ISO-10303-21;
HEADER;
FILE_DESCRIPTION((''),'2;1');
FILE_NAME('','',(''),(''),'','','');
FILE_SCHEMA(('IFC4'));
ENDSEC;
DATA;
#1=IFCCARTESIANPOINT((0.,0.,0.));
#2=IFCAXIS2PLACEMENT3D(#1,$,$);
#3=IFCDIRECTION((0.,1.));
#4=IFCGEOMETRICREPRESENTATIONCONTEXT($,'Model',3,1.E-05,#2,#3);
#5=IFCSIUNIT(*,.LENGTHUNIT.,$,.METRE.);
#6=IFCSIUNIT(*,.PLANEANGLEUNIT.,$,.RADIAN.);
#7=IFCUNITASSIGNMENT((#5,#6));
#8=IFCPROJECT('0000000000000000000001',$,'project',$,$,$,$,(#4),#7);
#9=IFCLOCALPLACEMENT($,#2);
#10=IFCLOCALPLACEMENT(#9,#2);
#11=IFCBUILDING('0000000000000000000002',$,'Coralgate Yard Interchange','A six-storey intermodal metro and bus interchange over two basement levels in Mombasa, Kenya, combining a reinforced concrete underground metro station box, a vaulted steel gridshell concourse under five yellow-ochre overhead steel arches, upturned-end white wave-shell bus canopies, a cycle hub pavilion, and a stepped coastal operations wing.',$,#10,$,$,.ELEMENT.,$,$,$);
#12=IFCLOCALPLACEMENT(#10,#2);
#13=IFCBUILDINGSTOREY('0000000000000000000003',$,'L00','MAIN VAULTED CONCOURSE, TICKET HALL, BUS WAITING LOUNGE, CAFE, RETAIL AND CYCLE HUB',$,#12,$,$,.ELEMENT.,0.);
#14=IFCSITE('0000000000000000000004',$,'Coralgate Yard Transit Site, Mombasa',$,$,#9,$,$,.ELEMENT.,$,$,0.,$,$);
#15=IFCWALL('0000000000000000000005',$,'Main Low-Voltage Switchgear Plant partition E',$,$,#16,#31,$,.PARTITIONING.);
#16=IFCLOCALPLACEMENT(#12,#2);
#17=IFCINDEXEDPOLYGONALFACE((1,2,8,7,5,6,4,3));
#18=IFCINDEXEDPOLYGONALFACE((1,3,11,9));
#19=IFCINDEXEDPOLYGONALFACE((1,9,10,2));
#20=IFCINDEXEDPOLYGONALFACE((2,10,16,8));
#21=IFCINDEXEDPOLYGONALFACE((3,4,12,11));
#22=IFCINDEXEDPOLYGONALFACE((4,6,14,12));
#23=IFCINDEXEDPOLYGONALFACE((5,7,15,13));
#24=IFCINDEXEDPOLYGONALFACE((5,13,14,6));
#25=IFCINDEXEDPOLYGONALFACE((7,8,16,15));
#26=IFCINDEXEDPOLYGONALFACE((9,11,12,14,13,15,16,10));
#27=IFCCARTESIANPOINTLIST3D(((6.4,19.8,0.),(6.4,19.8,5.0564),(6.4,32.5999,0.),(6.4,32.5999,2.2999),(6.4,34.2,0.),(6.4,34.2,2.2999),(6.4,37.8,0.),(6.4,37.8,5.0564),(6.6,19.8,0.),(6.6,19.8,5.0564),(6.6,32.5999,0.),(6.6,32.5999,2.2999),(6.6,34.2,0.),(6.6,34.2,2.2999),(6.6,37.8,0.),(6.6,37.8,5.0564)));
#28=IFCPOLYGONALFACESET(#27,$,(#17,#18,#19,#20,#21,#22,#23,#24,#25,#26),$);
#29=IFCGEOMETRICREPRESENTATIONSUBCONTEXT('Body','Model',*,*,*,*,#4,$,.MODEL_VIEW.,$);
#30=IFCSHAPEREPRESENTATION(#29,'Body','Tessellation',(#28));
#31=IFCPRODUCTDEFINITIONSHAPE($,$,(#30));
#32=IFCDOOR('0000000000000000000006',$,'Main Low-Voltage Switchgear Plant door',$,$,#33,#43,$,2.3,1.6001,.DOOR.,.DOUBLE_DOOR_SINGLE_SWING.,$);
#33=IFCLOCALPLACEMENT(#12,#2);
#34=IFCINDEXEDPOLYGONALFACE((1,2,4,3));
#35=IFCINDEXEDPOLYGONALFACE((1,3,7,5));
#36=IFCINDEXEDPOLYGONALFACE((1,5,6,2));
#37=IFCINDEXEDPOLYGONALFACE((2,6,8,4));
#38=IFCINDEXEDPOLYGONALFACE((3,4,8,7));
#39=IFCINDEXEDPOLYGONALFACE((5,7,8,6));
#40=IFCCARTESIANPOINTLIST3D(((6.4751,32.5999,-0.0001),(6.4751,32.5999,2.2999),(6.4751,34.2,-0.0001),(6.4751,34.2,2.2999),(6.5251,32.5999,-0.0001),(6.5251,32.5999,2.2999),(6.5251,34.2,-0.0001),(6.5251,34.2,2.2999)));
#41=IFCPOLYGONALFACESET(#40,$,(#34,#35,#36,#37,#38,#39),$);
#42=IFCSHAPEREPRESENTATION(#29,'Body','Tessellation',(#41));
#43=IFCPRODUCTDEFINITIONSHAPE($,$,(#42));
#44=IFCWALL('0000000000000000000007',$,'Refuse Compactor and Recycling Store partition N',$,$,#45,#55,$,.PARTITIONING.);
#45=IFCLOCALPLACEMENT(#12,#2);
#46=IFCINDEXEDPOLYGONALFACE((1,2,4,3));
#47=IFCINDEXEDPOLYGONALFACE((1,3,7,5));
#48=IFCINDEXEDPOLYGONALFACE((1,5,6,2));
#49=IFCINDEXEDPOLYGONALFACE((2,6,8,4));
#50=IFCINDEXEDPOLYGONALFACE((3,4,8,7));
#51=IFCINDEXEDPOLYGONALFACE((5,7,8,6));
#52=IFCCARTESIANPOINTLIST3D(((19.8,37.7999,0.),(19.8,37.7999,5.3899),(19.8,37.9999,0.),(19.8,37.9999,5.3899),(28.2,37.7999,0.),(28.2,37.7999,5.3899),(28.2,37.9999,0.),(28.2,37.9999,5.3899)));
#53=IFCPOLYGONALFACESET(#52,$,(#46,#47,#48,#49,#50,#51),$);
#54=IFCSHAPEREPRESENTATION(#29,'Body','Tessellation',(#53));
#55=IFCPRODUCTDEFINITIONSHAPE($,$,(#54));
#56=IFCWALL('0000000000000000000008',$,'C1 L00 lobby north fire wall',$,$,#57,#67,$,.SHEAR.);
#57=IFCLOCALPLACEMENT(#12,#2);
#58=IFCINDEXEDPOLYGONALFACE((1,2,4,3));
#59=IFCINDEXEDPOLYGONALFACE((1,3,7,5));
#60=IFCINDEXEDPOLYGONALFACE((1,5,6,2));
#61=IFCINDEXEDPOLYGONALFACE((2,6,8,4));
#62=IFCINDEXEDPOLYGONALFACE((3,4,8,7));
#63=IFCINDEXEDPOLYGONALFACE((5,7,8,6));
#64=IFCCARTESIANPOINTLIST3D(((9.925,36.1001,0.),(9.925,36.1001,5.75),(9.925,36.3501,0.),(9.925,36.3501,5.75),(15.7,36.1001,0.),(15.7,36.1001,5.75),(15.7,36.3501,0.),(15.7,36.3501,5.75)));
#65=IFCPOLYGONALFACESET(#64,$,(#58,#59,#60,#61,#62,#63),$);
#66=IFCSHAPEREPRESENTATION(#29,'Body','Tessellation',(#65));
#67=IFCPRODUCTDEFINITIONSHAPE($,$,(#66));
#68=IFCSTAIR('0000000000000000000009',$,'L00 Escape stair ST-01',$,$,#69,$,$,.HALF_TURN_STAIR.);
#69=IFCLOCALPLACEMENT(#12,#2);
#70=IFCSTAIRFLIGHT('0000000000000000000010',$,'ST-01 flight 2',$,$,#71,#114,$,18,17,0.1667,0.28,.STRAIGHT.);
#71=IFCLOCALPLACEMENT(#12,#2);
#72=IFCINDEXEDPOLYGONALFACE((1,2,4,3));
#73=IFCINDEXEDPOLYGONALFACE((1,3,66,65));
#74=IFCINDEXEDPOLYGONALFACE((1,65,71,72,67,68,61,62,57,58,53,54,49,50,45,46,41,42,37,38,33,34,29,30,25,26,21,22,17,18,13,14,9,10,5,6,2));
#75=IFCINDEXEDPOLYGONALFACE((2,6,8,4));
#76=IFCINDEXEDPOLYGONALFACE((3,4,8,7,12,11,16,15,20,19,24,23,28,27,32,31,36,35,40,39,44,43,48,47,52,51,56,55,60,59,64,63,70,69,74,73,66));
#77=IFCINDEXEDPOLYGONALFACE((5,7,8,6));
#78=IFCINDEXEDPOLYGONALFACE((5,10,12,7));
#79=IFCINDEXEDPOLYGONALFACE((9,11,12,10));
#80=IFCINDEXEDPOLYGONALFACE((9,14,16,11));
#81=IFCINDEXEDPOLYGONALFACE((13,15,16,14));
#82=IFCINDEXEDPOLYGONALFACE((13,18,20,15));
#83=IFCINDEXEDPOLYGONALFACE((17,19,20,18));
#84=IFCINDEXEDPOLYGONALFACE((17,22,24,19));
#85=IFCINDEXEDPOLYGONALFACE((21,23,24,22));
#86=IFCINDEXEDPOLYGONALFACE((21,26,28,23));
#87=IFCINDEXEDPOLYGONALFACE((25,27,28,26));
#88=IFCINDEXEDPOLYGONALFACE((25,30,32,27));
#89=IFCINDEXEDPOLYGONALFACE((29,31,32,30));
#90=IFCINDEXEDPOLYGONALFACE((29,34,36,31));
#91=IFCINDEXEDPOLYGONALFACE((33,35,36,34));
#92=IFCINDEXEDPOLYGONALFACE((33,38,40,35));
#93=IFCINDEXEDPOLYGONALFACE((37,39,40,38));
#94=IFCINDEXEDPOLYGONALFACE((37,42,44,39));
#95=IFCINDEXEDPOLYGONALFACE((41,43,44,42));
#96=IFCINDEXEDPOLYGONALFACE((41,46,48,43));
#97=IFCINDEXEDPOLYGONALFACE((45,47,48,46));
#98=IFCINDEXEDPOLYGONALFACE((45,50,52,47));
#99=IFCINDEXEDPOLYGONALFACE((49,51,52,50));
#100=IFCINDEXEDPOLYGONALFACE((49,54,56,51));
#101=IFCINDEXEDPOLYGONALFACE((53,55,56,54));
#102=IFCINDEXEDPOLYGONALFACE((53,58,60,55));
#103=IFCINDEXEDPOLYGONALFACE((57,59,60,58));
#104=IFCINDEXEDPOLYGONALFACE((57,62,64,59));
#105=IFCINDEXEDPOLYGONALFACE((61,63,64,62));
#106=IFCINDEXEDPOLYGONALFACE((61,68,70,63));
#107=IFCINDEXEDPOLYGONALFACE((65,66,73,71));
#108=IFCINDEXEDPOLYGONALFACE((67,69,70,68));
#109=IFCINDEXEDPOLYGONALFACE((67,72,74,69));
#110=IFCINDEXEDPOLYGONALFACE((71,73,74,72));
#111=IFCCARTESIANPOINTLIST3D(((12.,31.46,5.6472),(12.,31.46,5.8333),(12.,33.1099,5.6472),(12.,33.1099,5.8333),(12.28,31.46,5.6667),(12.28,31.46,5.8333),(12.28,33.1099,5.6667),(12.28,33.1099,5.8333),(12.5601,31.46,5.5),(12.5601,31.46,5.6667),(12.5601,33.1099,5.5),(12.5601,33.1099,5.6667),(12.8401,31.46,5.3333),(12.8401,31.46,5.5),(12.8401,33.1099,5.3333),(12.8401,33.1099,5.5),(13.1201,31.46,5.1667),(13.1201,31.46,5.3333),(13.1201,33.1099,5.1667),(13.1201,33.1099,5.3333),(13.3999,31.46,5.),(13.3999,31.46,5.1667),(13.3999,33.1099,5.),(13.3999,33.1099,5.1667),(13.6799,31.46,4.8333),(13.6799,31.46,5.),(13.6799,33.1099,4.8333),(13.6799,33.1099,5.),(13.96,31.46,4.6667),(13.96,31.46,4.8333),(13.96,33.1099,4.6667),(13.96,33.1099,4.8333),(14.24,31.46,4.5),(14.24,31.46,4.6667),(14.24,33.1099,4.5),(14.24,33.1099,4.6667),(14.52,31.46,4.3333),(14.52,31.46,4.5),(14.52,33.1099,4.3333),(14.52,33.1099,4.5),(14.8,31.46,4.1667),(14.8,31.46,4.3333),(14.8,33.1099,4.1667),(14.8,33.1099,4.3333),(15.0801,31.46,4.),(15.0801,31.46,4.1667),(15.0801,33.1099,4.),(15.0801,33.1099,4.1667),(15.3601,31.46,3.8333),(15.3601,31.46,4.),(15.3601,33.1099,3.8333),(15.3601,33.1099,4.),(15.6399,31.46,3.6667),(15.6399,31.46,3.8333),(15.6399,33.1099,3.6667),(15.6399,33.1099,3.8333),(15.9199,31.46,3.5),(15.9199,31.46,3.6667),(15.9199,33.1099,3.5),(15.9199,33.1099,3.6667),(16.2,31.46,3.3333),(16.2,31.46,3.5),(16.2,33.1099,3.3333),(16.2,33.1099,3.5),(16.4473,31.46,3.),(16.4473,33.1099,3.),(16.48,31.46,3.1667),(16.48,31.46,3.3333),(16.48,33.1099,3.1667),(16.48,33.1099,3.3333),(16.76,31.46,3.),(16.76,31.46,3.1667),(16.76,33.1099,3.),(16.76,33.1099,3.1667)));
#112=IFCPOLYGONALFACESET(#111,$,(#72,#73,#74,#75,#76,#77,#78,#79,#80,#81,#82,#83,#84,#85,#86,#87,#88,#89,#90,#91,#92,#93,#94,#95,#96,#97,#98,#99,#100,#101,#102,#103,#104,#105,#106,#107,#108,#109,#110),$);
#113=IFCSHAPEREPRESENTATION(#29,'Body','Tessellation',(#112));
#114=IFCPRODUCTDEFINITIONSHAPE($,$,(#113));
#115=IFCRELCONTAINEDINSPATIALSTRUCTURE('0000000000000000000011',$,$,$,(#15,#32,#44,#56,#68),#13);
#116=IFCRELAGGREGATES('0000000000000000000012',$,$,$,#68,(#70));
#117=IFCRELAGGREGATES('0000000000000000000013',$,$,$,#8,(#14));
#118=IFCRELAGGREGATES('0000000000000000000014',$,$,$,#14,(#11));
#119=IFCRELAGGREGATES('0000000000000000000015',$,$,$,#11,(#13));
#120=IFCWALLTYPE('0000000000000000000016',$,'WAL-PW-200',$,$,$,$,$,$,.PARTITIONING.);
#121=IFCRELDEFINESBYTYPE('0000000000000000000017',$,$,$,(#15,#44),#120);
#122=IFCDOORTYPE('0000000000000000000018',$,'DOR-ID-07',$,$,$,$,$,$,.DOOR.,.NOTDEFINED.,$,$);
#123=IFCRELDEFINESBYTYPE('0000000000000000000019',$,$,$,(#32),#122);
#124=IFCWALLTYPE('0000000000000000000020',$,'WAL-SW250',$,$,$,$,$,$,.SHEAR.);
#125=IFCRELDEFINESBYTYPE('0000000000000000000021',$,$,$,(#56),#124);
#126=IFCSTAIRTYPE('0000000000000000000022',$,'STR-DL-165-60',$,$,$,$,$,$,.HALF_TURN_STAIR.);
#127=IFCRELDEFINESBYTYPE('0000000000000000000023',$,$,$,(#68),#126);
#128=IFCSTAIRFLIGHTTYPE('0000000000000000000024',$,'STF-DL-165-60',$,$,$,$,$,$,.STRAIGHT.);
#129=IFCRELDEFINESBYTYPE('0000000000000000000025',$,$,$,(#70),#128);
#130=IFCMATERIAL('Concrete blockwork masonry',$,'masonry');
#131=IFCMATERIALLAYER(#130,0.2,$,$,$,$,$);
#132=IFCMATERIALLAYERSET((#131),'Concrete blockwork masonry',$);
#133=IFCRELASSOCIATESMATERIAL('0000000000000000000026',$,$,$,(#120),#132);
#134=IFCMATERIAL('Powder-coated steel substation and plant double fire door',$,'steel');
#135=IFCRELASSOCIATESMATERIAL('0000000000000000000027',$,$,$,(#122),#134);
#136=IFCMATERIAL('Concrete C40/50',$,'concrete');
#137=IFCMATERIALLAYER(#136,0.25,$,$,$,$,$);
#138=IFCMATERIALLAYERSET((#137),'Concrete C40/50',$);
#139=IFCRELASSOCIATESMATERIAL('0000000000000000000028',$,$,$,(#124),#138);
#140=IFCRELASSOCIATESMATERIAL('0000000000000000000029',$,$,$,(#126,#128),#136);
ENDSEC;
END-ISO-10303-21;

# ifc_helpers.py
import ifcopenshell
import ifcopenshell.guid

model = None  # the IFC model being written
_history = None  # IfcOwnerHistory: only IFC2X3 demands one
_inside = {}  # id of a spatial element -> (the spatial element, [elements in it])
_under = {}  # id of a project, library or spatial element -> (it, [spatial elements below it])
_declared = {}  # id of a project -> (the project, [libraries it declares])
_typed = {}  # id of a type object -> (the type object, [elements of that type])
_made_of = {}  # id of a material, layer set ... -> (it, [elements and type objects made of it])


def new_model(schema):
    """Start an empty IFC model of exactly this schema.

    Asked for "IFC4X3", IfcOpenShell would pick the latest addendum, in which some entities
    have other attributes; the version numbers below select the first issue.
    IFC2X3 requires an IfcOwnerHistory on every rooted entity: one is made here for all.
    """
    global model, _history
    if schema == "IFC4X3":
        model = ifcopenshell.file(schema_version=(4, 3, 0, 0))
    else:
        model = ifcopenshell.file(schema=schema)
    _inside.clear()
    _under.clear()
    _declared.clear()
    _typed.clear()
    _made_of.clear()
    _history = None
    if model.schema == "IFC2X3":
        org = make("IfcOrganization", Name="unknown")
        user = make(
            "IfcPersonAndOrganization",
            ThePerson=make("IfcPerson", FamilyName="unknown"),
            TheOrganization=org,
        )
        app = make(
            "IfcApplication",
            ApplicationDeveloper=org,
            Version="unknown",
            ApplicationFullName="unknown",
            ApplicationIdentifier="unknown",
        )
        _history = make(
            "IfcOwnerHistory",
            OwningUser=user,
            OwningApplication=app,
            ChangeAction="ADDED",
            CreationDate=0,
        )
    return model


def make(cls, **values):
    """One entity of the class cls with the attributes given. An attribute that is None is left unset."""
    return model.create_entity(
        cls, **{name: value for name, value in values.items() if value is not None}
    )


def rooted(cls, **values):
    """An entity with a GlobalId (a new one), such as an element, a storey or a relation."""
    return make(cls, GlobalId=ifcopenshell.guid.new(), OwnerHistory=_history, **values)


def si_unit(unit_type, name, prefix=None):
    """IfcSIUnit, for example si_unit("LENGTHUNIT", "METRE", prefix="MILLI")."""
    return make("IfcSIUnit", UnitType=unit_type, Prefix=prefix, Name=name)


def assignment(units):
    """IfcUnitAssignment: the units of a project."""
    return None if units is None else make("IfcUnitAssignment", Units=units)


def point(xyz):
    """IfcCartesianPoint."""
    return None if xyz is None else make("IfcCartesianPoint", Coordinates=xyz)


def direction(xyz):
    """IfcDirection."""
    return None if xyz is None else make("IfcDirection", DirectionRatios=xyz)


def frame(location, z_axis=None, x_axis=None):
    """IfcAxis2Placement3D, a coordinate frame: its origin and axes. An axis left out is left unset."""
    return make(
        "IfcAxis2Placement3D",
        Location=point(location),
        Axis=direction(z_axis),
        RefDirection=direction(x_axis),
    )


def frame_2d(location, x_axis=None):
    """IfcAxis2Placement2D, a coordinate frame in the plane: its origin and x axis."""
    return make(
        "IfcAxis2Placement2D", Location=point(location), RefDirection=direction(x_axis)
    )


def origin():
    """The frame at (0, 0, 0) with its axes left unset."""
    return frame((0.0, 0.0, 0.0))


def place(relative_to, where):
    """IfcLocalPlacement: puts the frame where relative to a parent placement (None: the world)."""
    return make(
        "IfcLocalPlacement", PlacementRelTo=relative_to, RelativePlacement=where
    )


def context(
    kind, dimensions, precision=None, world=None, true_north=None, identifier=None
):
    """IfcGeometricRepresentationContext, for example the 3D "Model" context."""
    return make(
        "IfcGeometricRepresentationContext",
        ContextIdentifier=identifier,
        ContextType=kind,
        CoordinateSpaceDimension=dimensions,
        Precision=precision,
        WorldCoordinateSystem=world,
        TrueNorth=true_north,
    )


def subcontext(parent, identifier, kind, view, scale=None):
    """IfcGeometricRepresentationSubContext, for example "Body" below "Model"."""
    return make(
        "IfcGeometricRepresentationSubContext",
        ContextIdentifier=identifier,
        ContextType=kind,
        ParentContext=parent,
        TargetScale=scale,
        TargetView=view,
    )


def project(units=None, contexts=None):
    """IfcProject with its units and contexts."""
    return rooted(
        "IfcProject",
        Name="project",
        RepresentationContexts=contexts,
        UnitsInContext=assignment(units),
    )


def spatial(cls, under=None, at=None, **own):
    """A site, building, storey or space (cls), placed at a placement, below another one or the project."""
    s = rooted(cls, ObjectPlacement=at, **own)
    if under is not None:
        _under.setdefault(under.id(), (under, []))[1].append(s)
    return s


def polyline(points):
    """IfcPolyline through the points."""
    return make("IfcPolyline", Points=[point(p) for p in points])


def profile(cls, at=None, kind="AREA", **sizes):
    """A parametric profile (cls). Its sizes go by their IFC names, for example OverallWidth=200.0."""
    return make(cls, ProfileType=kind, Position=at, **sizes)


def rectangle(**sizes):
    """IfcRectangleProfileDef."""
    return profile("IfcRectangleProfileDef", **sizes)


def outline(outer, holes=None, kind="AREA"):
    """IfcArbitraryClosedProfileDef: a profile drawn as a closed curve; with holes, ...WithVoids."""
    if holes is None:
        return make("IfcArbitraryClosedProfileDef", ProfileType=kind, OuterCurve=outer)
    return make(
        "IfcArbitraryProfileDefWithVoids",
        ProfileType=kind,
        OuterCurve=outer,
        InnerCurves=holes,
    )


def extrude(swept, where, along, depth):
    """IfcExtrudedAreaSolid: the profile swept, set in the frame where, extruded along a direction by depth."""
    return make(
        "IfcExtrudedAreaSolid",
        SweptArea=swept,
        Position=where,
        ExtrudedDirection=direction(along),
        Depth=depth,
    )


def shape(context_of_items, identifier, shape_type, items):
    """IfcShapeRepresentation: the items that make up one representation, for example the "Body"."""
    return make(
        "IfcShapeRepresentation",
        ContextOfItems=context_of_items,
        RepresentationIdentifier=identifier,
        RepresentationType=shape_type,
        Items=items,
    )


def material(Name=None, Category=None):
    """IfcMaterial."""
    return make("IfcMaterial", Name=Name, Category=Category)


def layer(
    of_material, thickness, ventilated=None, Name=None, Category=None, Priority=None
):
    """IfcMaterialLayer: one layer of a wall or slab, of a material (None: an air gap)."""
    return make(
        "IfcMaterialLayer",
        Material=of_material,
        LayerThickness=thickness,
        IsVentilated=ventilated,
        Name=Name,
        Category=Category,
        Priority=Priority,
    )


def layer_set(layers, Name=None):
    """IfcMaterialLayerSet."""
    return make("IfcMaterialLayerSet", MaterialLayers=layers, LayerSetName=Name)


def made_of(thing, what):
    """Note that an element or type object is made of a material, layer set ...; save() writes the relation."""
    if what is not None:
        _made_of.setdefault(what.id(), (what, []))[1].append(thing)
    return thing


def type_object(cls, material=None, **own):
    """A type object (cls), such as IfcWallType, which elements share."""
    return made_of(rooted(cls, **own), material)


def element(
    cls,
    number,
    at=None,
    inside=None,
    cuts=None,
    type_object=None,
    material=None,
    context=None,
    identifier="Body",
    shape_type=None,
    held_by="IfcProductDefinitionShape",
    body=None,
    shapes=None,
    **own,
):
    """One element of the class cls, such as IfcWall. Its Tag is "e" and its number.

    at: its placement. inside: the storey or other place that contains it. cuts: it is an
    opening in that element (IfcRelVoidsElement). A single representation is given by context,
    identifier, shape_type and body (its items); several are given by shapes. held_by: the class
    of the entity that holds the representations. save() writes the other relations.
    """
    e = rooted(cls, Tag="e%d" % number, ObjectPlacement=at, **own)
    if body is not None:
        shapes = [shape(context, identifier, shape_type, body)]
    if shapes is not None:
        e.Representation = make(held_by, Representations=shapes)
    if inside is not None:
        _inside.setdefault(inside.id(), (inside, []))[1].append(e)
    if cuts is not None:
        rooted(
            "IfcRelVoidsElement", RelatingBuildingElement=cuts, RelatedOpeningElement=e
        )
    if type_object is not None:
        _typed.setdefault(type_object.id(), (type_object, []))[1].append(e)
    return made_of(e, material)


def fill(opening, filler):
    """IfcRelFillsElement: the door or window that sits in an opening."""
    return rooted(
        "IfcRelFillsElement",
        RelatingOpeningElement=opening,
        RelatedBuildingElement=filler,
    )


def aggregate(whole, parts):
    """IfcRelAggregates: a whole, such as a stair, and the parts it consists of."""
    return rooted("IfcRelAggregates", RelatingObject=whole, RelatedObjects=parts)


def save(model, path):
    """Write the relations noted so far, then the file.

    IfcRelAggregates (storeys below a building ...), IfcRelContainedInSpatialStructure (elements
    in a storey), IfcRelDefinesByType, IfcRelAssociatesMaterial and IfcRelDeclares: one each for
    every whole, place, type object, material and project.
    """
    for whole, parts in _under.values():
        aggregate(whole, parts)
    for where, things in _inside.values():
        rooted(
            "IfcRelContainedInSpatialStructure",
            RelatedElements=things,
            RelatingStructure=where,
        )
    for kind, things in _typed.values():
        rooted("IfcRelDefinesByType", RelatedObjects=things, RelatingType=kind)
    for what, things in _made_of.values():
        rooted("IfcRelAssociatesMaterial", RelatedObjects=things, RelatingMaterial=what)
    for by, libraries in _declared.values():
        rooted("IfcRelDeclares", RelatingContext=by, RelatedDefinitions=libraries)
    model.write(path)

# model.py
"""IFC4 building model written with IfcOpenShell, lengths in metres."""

from ifc_helpers import new_model, si_unit, direction, frame, frame_2d, origin, place, context, subcontext, project, spatial, polyline, rectangle, outline, extrude, material, layer, layer_set, type_object, element, fill, aggregate, save


model = new_model("IFC4")

# Units and contexts
model_context = context("Model", 3, precision=1e-05, world=origin(), true_north=direction((0.0, 1.0)))
body_context = subcontext(model_context, "Body", "Model", "MODEL_VIEW")
ifc_project = project(units=[si_unit("LENGTHUNIT", "METRE"), si_unit("PLANEANGLEUNIT", "RADIAN")], contexts=[model_context])

# Site, building, storey
site_placement = place(None, origin())
site = spatial("IfcSite", under=ifc_project, at=site_placement, Name="Coralgate Yard Transit Site, Mombasa", CompositionType="ELEMENT", RefElevation=0.0)
building_placement = place(site_placement, origin())
building = spatial("IfcBuilding", under=site, at=building_placement, Name="Coralgate Yard Interchange", Description="A six-storey intermodal metro and bus interchange over two basement levels in Mombasa, Kenya, combining a reinforced concrete underground metro station box, a vaulted steel gridshell concourse under five yellow-ochre overhead steel arches, upturned-end white wave-shell bus canopies, a cycle hub pavilion, and a stepped coastal operations wing.", CompositionType="ELEMENT")
storey_placement = place(building_placement, origin())
storey = spatial("IfcBuildingStorey", under=building, at=storey_placement, Name="L00", Description="MAIN VAULTED CONCOURSE, TICKET HALL, BUS WAITING LOUNGE, CAFE, RETAIL AND CYCLE HUB", CompositionType="ELEMENT", Elevation=0.0)

# Shared definitions
ifc_material_1 = material(Name="Concrete C40/50", Category="concrete")

# Shared definitions
ifc_material_2 = material(Name="Concrete blockwork masonry", Category="masonry")
ifc_layer_1 = layer(ifc_material_2, 0.2)
ifc_layer_set_1 = layer_set([ifc_layer_1], Name="Concrete blockwork masonry")
wall_type_1 = type_object("IfcWallType", Name="WAL-PW-200", PredefinedType="PARTITIONING", material=ifc_layer_set_1)

# Wall, opening, door
wall_1_placement = place(storey_placement, frame((6.5, 37.8, 0.0), z_axis=(0.0, 0.0, 1.0), x_axis=(0.0, -1.0, 0.0)))
wall_1 = element("IfcWall", 1, at=wall_1_placement, inside=storey, type_object=wall_type_1, Name="Main Low-Voltage Switchgear Plant partition E", PredefinedType="PARTITIONING", context=body_context, shape_type="SweptSolid", body=[
    extrude(rectangle(XDim=18.0, YDim=0.2, at=frame_2d((9.0, 0.0))), origin(), (0.0, 0.0, 1.0), 5.0564),
])
opening_1_placement = place(wall_1_placement, frame((3.6001, 0.0, 0.0)))
opening_1 = element("IfcOpeningElement", 2, at=opening_1_placement, cuts=wall_1, PredefinedType="OPENING", context=body_context, shape_type="SweptSolid", body=[
    extrude(rectangle(XDim=1.6001, YDim=2.3, at=frame_2d((0.8, 1.1499))), frame((0.0, 0.1099, 0.0), z_axis=(0.0, -1.0, 0.0), x_axis=(1.0, 0.0, 0.0)), (0.0, 0.0, 1.0), 0.22),
])
ifc_material_3 = material(Name="Powder-coated steel substation and plant double fire door", Category="steel")
door_type_1 = type_object("IfcDoorType", Name="DOR-ID-07", OperationType="NOTDEFINED", PredefinedType="DOOR", material=ifc_material_3)
door_1_placement = place(opening_1_placement, frame((1.6001, 0.0, 0.0), z_axis=(0.0, 0.0, 1.0), x_axis=(-1.0, 0.0, 0.0)))
door_1 = element("IfcDoor", 3, at=door_1_placement, inside=storey, type_object=door_type_1, Name="Main Low-Voltage Switchgear Plant door", OperationType="DOUBLE_DOOR_SINGLE_SWING", OverallHeight=2.3, OverallWidth=1.6001, PredefinedType="DOOR", context=body_context, shape_type="SweptSolid", body=[
    extrude(rectangle(XDim=1.6001, YDim=2.3, at=frame_2d((0.8, 1.1499))), frame((0.0, 0.0249, 0.0), z_axis=(0.0, -1.0, 0.0), x_axis=(1.0, 0.0, 0.0)), (0.0, 0.0, 1.0), 0.05),
])
fill(opening_1, door_1)

# Walls
wall_2_placement = place(storey_placement, frame((19.8, 37.8999, 0.0), z_axis=(0.0, 0.0, 1.0), x_axis=(1.0, 0.0, 0.0)))
element("IfcWall", 4, at=wall_2_placement, inside=storey, type_object=wall_type_1, Name="Refuse Compactor and Recycling Store partition N", PredefinedType="PARTITIONING", context=body_context, shape_type="SweptSolid", body=[
    extrude(rectangle(XDim=8.3999, YDim=0.2, at=frame_2d((4.2, 0.0))), origin(), (0.0, 0.0, 1.0), 5.3899),
])
ifc_layer_2 = layer(ifc_material_1, 0.25)
ifc_layer_set_2 = layer_set([ifc_layer_2], Name="Concrete C40/50")
wall_type_2 = type_object("IfcWallType", Name="WAL-SW250", PredefinedType="SHEAR", material=ifc_layer_set_2)
wall_3_placement = place(storey_placement, frame((15.7, 36.2251, 0.0), z_axis=(0.0, 0.0, 1.0), x_axis=(-1.0, 0.0, 0.0)))
element("IfcWall", 5, at=wall_3_placement, inside=storey, type_object=wall_type_2, Name="C1 L00 lobby north fire wall", PredefinedType="SHEAR", context=body_context, shape_type="SweptSolid", body=[
    extrude(rectangle(XDim=5.7749, YDim=0.25, at=frame_2d((2.8875, 0.0))), origin(), (0.0, 0.0, 1.0), 5.75),
])

# Stair, stair flight
stair_type = type_object("IfcStairType", Name="STR-DL-165-60", PredefinedType="HALF_TURN_STAIR", material=ifc_material_1)
stair_placement = place(storey_placement, origin())
stair = element("IfcStair", 6, at=stair_placement, inside=storey, type_object=stair_type, Name="L00 Escape stair ST-01", PredefinedType="HALF_TURN_STAIR")
stair_flight_type = type_object("IfcStairFlightType", Name="STF-DL-165-60", PredefinedType="STRAIGHT", material=ifc_material_1)
stair_flight_placement = place(storey_placement, frame((16.76, 32.2849, 3.0), z_axis=(0.0, 0.0, 1.0), x_axis=(-1.0, 0.0, 0.0)))
stair_flight = element("IfcStairFlight", 7, at=stair_flight_placement, type_object=stair_flight_type, Name="ST-01 flight 2", NumberOfRisers=18, NumberOfTreads=17, PredefinedType="STRAIGHT", RiserHeight=0.1667, TreadLength=0.28, context=body_context, shape_type="SweptSolid", body=[
    extrude(outline(polyline([(0.0, 0.0), (0.0, 0.1667), (0.28, 0.1667), (0.28, 0.3333), (0.5601, 0.3333), (0.5601, 0.5), (0.8401, 0.5), (0.8401, 0.6667), (1.1201, 0.6667), (1.1201, 0.8333), (1.3999, 0.8333), (1.3999, 1.0), (1.6799, 1.0), (1.6799, 1.1667), (1.96, 1.1667), (1.96, 1.3333), (2.24, 1.3333), (2.24, 1.5), (2.52, 1.5), (2.52, 1.6667), (2.8, 1.6667), (2.8, 1.8333), (3.0801, 1.8333), (3.0801, 2.0), (3.3601, 2.0), (3.3601, 2.1667), (3.6399, 2.1667), (3.6399, 2.3333), (3.9199, 2.3333), (3.9199, 2.5), (4.2, 2.5), (4.2, 2.6667), (4.48, 2.6667), (4.48, 2.8333), (4.76, 2.8333), (4.76, 3.0), (4.76, 2.6472), (0.3127, 0.0), (0.0, 0.0)])), frame((0.0, 0.825, 0.0), z_axis=(0.0, -1.0, 0.0), x_axis=(1.0, 0.0, 0.0)), (0.0, 0.0, 1.0), 1.6499),
])
aggregate(stair, [stair_flight])

save(model, "model.ifc")
